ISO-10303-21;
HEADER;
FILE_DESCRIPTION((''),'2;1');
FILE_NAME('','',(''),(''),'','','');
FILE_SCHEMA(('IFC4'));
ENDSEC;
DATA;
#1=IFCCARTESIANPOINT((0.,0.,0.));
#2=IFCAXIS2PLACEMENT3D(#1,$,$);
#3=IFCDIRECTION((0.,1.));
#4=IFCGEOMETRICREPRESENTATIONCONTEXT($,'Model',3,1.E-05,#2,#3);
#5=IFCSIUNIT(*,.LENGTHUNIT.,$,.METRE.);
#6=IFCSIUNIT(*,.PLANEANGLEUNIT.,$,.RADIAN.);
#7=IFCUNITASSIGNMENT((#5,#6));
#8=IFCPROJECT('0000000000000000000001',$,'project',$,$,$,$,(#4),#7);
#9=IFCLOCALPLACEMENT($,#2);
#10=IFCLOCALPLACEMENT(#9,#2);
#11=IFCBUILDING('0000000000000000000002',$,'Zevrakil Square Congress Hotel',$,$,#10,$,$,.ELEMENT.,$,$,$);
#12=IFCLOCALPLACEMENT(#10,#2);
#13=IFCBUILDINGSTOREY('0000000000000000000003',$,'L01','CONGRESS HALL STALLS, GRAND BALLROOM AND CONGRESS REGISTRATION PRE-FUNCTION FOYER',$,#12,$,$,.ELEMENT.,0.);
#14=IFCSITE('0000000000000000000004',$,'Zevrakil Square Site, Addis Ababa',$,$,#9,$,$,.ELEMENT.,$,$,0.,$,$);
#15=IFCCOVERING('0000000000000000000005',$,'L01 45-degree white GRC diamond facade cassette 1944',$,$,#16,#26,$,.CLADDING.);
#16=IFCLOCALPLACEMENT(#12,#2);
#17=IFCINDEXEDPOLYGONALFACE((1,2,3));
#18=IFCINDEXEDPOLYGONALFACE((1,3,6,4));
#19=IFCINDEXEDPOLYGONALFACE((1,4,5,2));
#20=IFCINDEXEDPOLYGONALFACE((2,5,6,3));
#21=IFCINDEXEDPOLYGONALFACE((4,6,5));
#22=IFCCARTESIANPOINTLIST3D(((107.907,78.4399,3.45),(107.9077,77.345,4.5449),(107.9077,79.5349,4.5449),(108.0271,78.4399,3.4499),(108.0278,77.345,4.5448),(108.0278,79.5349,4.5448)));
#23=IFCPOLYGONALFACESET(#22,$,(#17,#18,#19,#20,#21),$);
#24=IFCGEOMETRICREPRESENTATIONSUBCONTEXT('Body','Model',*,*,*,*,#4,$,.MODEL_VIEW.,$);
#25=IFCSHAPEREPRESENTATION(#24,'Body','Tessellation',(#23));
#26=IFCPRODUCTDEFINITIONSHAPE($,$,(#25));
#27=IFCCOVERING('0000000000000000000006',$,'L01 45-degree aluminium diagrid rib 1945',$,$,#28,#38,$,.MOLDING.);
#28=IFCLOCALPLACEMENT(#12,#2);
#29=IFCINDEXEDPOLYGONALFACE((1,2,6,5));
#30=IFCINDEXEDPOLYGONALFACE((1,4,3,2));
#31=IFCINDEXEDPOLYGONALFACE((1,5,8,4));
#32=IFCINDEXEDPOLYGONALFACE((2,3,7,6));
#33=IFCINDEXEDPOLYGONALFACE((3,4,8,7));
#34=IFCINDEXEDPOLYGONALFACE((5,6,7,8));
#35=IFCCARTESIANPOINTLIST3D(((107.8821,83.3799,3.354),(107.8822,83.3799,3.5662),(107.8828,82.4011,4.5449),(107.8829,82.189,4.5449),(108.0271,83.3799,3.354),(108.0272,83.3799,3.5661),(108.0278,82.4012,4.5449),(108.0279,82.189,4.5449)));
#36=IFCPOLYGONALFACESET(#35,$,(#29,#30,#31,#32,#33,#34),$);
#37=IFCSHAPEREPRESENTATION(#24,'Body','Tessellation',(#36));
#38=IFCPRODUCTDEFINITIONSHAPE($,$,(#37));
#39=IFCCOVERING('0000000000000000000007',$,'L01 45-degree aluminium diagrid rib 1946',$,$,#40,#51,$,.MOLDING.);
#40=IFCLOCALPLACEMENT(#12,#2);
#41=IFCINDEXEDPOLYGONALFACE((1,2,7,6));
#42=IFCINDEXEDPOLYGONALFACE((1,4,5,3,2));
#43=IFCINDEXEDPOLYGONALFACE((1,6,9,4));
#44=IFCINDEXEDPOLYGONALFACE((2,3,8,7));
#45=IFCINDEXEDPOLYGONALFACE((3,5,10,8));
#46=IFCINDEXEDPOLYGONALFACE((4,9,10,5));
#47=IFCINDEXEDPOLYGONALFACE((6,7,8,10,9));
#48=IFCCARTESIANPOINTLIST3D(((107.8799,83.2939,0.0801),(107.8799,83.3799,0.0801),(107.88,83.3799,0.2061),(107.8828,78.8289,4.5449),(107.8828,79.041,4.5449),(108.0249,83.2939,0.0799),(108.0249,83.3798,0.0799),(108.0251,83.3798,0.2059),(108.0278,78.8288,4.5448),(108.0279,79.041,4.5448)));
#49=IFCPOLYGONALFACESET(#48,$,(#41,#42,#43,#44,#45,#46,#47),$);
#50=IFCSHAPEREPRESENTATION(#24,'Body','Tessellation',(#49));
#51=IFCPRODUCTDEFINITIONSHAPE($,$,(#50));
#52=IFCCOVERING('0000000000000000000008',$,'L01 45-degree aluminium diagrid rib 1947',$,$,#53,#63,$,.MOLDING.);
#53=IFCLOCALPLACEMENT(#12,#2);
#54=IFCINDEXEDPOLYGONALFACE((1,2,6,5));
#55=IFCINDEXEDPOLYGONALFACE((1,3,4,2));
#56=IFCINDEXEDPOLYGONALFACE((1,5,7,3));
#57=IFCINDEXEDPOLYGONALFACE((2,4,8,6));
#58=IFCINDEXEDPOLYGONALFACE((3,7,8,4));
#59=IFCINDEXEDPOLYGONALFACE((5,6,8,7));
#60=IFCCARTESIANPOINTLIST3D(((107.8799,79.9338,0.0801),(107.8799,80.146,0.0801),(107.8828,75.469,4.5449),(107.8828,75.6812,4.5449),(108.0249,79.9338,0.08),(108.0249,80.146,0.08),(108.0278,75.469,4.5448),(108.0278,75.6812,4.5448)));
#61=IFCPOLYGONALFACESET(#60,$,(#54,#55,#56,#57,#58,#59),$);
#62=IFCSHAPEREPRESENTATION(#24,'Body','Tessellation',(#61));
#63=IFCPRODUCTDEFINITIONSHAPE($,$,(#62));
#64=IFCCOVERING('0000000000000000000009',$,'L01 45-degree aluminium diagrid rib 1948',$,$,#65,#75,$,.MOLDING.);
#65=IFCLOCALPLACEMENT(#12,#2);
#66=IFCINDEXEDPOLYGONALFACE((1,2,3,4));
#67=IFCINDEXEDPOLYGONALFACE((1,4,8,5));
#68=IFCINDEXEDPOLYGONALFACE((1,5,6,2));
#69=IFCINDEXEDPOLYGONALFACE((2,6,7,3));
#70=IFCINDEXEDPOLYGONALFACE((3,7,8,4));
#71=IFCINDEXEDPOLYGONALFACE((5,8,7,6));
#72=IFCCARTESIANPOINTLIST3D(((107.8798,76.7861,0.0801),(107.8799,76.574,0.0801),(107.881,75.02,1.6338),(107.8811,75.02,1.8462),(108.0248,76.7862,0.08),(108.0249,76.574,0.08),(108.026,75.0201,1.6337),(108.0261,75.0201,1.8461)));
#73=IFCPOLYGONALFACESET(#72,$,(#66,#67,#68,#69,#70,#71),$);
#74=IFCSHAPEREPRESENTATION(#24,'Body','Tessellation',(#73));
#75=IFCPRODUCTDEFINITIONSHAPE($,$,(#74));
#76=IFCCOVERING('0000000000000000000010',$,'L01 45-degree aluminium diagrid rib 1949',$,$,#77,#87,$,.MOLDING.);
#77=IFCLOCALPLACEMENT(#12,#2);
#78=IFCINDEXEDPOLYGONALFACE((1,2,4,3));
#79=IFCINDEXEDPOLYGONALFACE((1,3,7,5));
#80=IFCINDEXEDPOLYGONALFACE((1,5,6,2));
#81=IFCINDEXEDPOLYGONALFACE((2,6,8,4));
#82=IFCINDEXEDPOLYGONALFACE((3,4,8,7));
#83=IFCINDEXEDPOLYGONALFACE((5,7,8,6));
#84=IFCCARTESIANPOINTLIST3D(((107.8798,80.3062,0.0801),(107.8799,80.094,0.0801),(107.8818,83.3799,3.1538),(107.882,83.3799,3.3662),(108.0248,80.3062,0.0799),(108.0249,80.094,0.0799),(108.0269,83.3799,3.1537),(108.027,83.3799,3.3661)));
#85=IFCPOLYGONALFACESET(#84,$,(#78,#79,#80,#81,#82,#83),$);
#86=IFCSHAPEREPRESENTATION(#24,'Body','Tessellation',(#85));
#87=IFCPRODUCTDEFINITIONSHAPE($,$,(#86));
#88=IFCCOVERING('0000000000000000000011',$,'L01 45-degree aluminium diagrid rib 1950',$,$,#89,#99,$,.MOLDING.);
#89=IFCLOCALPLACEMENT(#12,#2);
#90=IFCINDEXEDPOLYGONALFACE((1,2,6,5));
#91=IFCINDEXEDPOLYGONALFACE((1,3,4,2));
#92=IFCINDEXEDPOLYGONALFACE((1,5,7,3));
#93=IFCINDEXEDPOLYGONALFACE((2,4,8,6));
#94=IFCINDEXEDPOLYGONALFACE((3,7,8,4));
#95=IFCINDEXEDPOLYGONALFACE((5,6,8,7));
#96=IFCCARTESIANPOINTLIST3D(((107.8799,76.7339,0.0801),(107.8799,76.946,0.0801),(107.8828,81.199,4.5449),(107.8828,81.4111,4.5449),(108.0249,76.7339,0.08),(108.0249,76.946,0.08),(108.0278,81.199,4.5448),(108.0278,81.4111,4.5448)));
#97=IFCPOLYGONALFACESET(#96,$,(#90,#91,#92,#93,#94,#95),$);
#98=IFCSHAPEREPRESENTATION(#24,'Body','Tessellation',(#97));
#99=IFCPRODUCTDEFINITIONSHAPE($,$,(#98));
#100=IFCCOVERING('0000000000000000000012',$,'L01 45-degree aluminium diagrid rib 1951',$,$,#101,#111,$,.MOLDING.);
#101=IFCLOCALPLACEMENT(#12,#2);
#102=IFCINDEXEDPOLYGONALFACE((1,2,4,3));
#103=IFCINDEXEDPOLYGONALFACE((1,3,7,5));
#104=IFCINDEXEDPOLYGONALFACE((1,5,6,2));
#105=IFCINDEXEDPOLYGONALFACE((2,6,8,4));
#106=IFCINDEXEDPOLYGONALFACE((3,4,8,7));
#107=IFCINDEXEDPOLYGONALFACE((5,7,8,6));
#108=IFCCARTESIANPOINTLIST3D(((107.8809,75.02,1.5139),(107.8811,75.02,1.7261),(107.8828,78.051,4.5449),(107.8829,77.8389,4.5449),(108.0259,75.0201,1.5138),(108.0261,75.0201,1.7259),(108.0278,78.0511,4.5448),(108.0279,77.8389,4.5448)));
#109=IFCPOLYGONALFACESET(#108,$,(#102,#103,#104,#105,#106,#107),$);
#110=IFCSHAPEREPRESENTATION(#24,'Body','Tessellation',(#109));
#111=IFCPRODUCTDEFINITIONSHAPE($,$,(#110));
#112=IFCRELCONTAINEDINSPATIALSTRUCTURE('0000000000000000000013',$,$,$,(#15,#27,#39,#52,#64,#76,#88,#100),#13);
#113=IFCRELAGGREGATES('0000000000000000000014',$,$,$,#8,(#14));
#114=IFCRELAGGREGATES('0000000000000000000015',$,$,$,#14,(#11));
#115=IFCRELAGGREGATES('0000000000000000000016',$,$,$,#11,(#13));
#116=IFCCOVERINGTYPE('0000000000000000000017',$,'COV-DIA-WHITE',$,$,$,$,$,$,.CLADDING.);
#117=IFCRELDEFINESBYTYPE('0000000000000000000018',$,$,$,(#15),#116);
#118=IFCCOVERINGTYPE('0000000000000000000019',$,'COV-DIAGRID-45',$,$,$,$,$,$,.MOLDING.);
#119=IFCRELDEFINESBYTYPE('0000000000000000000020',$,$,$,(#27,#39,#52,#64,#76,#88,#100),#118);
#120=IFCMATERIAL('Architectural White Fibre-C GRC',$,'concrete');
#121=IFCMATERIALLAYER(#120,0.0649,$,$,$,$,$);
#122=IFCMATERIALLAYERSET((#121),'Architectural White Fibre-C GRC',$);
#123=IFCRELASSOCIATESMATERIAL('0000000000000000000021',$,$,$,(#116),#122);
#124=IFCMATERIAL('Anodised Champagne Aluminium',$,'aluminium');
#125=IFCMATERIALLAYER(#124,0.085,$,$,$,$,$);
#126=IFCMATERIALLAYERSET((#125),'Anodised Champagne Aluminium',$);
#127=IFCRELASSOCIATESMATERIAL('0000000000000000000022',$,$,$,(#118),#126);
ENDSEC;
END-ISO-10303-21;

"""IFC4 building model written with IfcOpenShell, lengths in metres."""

from ifc_helpers import new_model, si_unit, direction, frame, origin, place, context, subcontext, project, spatial, polyline, outline, extrude, material, layer, layer_set, type_object, element, save


model = new_model("IFC4")

# Units and contexts
model_context = context("Model", 3, precision=1e-05, world=origin(), true_north=direction((0.0, 1.0)))
body_context = subcontext(model_context, "Body", "Model", "MODEL_VIEW")
ifc_project = project(units=[si_unit("LENGTHUNIT", "METRE"), si_unit("PLANEANGLEUNIT", "RADIAN")], contexts=[model_context])

# Site, building, storey
site_placement = place(None, origin())
site = spatial("IfcSite", under=ifc_project, at=site_placement, Name="Zevrakil Square Site, Addis Ababa", CompositionType="ELEMENT", RefElevation=0.0)
building_placement = place(site_placement, origin())
building = spatial("IfcBuilding", under=site, at=building_placement, Name="Zevrakil Square Congress Hotel", CompositionType="ELEMENT")
storey_placement = place(building_placement, origin())
storey = spatial("IfcBuildingStorey", under=building, at=storey_placement, Name="L01", Description="CONGRESS HALL STALLS, GRAND BALLROOM AND CONGRESS REGISTRATION PRE-FUNCTION FOYER", CompositionType="ELEMENT", Elevation=0.0)

# Coverings
ifc_material_1 = material(Name="Architectural White Fibre-C GRC", Category="concrete")
ifc_layer_1 = layer(ifc_material_1, 0.0649)
ifc_layer_set_1 = layer_set([ifc_layer_1], Name="Architectural White Fibre-C GRC")
covering_type_1 = type_object("IfcCoveringType", Name="COV-DIA-WHITE", PredefinedType="CLADDING", material=ifc_layer_set_1)
covering_1_placement = place(storey_placement, frame((107.907, 78.4399, 3.45), z_axis=(-1.0, 0.0, 0.000669), x_axis=(0.000473, 0.707107, 0.707107)))
element("IfcCovering", 1, at=covering_1_placement, inside=storey, type_object=covering_type_1, Name="L01 45-degree white GRC diamond facade cassette 1944", PredefinedType="CLADDING", context=body_context, shape_type="SweptSolid", body=[
    extrude(outline(polyline([(0.0, 0.0), (1.5485, 0.0), (0.0, -1.5485), (0.0, 0.0)])), origin(), (0.0, 0.0, -1.0), 0.1201),
])
ifc_material_2 = material(Name="Anodised Champagne Aluminium", Category="aluminium")
ifc_layer_2 = layer(ifc_material_2, 0.085)
ifc_layer_set_2 = layer_set([ifc_layer_2], Name="Anodised Champagne Aluminium")
covering_type_2 = type_object("IfcCoveringType", Name="COV-DIAGRID-45", PredefinedType="MOLDING", material=ifc_layer_set_2)
covering_2_placement = place(storey_placement, frame((107.8821, 83.3799, 3.354), z_axis=(-1.0, -0.000338, 0.000338), x_axis=(0.000338, 0.0, 1.0)))
element("IfcCovering", 2, at=covering_2_placement, inside=storey, type_object=covering_type_2, Name="L01 45-degree aluminium diagrid rib 1945", PredefinedType="MOLDING", context=body_context, shape_type="SweptSolid", body=[
    extrude(outline(polyline([(0.0, 0.0), (0.2122, 0.0), (1.1909, -0.9788), (1.1909, -1.1909), (0.0, 0.0)])), origin(), (0.0, 0.0, -1.0), 0.145),
])
covering_3_placement = place(storey_placement, frame((107.8799, 83.2939, 0.0801), z_axis=(-0.999999, 0.000384, 0.001029), x_axis=(0.000384, 1.0, 0.0)))
element("IfcCovering", 3, at=covering_3_placement, inside=storey, type_object=covering_type_2, Name="L01 45-degree aluminium diagrid rib 1946", PredefinedType="MOLDING", context=body_context, shape_type="SweptSolid", body=[
    extrude(outline(polyline([(0.0, 0.0), (0.0859, 0.0), (0.0859, -0.126), (-4.2529, -4.4648), (-4.4651, -4.4648), (0.0, 0.0)])), origin(), (0.0, 0.0, -1.0), 0.145),
])
covering_4_placement = place(storey_placement, frame((107.8799, 79.9338, 0.0801), z_axis=(-1.0, 0.0, 0.000656), x_axis=(0.0, 1.0, 0.0)))
element("IfcCovering", 4, at=covering_4_placement, inside=storey, type_object=covering_type_2, Name="L01 45-degree aluminium diagrid rib 1947", PredefinedType="MOLDING", context=body_context, shape_type="SweptSolid", body=[
    extrude(outline(polyline([(0.0, 0.0), (0.2122, 0.0), (-4.2527, -4.4648), (-4.4648, -4.4648), (0.0, 0.0)])), origin(), (0.0, 0.0, -1.0), 0.145),
])
covering_5_placement = place(storey_placement, frame((107.8799, 76.574, 0.0801), z_axis=(-1.0, -0.000368, 0.000367), x_axis=(-0.000368, 1.0, 0.0)))
element("IfcCovering", 5, at=covering_5_placement, inside=storey, type_object=covering_type_2, Name="L01 45-degree aluminium diagrid rib 1948", PredefinedType="MOLDING", context=body_context, shape_type="SweptSolid", body=[
    extrude(outline(polyline([(0.0, 0.0), (0.2122, 0.0), (-1.554, -1.7661), (-1.554, -1.5537), (0.0, 0.0)])), origin(), (0.0, 0.0, -1.0), 0.145),
])
covering_6_placement = place(storey_placement, frame((107.8818, 83.3799, 3.1538), z_axis=(-1.0, -0.000249, 0.000901), x_axis=(0.000901, 0.0, 1.0)))
element("IfcCovering", 6, at=covering_6_placement, inside=storey, type_object=covering_type_2, Name="L01 45-degree aluminium diagrid rib 1949", PredefinedType="MOLDING", context=body_context, shape_type="SweptSolid", body=[
    extrude(outline(polyline([(0.0, 0.0), (0.2124, 0.0), (-3.0737, -3.2859), (-3.0737, -3.0737), (0.0, 0.0)])), origin(), (0.0, 0.0, -1.0), 0.145),
])
covering_7_placement = place(storey_placement, frame((107.8828, 81.4111, 4.5449), z_axis=(-1.0, 0.0, 0.000656), x_axis=(0.0, -1.0, 0.0)))
element("IfcCovering", 7, at=covering_7_placement, inside=storey, type_object=covering_type_2, Name="L01 45-degree aluminium diagrid rib 1950", PredefinedType="MOLDING", context=body_context, shape_type="SweptSolid", body=[
    extrude(outline(polyline([(0.0, 0.0), (0.2122, 0.0), (4.6772, -4.4648), (4.4651, -4.4648), (0.0, 0.0)])), origin(), (0.0, 0.0, -1.0), 0.145),
])
covering_8_placement = place(storey_placement, frame((107.8828, 78.051, 4.5449), z_axis=(-1.0, -0.000262, 0.000888), x_axis=(0.000262, -1.0, 0.0)))
element("IfcCovering", 8, at=covering_8_placement, inside=storey, type_object=covering_type_2, Name="L01 45-degree aluminium diagrid rib 1951", PredefinedType="MOLDING", context=body_context, shape_type="SweptSolid", body=[
    extrude(outline(polyline([(0.0, 0.0), (0.2122, 0.0), (3.031, -2.8188), (3.031, -3.031), (0.0, 0.0)])), origin(), (0.0, 0.0, -1.0), 0.145),
])

save(model, "model.ifc")
